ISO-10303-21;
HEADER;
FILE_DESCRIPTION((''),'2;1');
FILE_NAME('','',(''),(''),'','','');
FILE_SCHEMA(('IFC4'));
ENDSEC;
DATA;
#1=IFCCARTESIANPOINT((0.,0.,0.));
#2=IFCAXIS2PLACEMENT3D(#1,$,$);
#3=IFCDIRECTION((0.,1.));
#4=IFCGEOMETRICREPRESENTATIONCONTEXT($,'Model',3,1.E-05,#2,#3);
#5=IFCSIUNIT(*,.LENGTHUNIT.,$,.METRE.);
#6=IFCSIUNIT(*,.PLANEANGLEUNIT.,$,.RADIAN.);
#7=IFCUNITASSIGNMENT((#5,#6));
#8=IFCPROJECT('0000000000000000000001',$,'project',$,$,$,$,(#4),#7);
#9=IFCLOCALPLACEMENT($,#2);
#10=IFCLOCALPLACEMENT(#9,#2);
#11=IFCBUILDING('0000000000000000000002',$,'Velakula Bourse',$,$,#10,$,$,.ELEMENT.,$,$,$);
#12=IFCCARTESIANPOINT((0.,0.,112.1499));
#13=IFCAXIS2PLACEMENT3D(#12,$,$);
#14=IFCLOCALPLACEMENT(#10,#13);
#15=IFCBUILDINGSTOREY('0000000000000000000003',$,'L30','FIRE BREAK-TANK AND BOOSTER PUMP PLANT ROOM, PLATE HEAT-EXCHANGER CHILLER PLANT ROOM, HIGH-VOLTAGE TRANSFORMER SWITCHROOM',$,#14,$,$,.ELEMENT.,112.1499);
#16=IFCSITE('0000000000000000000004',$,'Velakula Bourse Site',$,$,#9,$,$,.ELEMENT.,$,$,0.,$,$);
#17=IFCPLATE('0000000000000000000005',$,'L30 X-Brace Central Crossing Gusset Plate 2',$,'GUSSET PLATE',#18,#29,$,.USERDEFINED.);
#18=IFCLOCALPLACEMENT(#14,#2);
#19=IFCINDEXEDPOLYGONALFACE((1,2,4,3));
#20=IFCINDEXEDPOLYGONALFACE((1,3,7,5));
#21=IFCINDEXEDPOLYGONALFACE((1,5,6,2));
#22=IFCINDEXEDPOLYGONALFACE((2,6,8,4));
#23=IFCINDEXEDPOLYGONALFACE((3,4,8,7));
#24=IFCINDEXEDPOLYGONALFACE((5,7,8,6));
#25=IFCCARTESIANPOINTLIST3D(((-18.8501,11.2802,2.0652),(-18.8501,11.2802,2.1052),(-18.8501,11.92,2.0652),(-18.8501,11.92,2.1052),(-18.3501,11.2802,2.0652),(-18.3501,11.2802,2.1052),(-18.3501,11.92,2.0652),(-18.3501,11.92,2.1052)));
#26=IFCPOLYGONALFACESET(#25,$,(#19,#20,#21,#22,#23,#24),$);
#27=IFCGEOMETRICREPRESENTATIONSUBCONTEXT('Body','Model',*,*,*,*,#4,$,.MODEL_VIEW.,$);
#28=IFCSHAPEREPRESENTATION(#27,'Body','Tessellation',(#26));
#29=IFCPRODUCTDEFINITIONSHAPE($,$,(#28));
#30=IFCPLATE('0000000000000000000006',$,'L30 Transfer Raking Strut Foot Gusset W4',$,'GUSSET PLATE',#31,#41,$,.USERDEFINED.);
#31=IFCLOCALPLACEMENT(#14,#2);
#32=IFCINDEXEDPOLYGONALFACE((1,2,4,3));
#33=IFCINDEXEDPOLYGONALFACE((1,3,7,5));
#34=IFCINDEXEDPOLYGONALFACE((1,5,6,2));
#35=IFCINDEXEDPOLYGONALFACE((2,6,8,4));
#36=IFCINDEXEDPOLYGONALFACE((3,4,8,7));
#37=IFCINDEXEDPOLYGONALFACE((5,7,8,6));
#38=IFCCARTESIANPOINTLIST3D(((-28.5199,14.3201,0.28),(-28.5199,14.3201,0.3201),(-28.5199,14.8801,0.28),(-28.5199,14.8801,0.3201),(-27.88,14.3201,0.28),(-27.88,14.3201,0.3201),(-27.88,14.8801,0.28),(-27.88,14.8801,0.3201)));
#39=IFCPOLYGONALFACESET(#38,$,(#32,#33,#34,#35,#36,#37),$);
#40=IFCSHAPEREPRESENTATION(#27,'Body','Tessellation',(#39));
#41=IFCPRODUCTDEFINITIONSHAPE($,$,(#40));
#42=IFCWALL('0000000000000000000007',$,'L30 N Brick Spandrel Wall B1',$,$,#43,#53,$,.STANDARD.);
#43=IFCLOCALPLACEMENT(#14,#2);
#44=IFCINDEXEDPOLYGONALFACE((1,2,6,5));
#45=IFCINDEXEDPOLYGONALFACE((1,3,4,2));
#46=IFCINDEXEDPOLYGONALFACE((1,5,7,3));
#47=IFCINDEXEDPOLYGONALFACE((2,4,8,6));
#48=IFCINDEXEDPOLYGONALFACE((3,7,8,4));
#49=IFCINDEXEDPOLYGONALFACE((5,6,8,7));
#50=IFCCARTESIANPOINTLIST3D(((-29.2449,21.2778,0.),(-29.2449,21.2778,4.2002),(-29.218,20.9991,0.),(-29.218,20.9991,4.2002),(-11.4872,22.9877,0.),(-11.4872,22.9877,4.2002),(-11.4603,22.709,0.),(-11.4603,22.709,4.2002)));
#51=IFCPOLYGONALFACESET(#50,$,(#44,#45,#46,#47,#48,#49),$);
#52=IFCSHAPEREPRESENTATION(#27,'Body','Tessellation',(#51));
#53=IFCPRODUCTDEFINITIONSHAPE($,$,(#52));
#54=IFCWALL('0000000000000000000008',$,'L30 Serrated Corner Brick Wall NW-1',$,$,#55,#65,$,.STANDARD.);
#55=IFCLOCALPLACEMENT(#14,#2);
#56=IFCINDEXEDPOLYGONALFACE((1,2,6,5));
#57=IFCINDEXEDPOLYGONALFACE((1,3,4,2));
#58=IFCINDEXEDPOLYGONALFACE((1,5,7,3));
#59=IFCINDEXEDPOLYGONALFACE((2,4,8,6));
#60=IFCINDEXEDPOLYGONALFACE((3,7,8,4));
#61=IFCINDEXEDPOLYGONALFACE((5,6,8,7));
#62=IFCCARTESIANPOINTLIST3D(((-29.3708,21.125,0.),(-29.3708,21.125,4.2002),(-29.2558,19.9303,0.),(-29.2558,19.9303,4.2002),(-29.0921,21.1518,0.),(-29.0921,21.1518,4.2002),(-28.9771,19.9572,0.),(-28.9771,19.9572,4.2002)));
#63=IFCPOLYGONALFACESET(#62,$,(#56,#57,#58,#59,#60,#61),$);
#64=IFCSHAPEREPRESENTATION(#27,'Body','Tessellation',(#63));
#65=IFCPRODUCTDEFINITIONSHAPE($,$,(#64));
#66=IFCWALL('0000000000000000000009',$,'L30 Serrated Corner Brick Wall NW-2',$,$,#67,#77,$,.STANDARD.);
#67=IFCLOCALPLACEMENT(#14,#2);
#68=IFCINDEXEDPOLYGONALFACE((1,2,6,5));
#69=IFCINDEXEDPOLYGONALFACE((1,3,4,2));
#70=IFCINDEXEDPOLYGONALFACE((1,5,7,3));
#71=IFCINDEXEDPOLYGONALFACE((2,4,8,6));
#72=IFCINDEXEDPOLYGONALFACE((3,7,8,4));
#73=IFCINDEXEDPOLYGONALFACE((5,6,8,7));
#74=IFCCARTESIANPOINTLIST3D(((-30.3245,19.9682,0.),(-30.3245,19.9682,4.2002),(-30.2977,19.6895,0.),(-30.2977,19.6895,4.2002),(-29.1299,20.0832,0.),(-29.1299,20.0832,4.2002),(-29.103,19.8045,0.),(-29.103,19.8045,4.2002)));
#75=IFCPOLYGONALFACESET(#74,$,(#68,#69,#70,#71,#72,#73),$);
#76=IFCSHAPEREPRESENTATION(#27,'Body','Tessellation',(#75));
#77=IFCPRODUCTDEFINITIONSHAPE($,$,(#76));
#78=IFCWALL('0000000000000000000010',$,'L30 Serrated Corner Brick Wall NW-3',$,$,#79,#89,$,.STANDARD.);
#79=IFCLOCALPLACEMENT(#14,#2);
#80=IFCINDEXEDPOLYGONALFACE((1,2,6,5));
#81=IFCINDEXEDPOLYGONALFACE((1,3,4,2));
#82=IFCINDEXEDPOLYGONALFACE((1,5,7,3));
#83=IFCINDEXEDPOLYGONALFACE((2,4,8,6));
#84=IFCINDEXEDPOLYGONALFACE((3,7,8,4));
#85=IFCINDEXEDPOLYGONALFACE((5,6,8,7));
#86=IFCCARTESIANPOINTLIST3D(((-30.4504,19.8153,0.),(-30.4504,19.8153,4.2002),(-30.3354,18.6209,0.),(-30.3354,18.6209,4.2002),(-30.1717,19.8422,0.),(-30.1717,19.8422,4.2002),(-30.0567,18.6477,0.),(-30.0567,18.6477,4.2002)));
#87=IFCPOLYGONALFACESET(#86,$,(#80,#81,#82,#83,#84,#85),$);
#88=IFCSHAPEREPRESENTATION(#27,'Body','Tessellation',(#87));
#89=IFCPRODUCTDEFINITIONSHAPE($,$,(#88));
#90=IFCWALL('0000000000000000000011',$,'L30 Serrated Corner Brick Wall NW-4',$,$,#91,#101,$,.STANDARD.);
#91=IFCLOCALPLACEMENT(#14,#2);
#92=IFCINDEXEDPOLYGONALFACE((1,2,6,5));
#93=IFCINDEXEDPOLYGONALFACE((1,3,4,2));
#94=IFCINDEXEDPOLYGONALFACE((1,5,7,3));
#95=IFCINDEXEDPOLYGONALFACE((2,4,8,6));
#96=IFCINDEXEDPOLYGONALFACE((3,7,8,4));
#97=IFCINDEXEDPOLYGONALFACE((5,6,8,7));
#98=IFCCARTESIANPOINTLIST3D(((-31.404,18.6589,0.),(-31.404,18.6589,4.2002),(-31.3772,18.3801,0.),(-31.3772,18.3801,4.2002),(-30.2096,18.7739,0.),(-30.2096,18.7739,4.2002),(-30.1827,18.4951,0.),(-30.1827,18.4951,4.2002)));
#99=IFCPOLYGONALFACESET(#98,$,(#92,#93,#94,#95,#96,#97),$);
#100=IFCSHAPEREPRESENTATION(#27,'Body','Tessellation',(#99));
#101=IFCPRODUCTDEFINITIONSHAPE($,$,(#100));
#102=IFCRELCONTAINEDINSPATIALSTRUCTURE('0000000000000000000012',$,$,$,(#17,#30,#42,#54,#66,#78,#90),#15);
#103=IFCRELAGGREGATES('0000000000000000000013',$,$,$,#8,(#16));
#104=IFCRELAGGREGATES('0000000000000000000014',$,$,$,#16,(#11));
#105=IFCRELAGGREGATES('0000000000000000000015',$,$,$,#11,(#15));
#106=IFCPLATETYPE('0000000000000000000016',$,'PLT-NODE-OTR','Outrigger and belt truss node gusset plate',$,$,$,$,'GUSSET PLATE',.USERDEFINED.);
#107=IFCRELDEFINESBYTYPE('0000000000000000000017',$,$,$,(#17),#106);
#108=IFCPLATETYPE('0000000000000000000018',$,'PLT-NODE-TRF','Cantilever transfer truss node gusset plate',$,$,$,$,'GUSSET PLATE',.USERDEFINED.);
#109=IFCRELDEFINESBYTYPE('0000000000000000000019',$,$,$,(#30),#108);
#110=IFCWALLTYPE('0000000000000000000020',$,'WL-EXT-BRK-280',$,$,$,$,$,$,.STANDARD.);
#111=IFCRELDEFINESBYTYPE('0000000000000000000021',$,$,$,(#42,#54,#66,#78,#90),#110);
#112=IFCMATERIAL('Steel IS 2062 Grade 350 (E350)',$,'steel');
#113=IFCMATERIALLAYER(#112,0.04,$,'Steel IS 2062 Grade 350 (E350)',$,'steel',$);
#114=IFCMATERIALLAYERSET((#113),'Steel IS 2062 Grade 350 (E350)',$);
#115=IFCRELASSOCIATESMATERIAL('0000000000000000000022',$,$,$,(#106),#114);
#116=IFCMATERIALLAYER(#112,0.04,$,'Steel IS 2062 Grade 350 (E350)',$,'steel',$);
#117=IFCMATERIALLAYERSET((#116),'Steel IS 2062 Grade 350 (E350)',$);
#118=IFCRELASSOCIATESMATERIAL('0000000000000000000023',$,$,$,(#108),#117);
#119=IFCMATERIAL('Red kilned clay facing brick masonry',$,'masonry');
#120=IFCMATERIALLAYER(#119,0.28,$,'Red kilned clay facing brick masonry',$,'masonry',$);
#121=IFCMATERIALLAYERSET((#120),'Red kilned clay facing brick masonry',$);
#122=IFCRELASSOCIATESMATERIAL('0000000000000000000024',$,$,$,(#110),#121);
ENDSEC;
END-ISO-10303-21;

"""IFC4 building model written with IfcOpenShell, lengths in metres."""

from ifc_helpers import new_model, si_unit, direction, frame, frame_2d, origin, origin_2d, place, context, subcontext, project, spatial, rectangle, extrude, material, layer, layer_set, type_object, element, save


model = new_model("IFC4")

# Units and contexts
model_context = context("Model", 3, precision=1e-05, world=origin(), true_north=direction((0.0, 1.0)))
body_context = subcontext(model_context, "Body", "Model", "MODEL_VIEW")
ifc_project = project(units=[si_unit("LENGTHUNIT", "METRE"), si_unit("PLANEANGLEUNIT", "RADIAN")], contexts=[model_context])

# Site, building, storey
site_placement = place(None, origin())
site = spatial("IfcSite", under=ifc_project, at=site_placement, Name="Velakula Bourse Site", CompositionType="ELEMENT", RefElevation=0.0)
building_placement = place(site_placement, origin())
building = spatial("IfcBuilding", under=site, at=building_placement, Name="Velakula Bourse", CompositionType="ELEMENT")
storey_placement = place(building_placement, frame((0.0, 0.0, 112.1499)))
storey = spatial("IfcBuildingStorey", under=building, at=storey_placement, Name="L30", Description="FIRE BREAK-TANK AND BOOSTER PUMP PLANT ROOM, PLATE HEAT-EXCHANGER CHILLER PLANT ROOM, HIGH-VOLTAGE TRANSFORMER SWITCHROOM", CompositionType="ELEMENT", Elevation=112.1499)

# Shared definitions
ifc_material_1 = material(Name="Steel IS 2062 Grade 350 (E350)", Category="steel")

# Plates
ifc_layer_1 = layer(ifc_material_1, 0.04, Name="Steel IS 2062 Grade 350 (E350)", Category="steel")
ifc_layer_set_1 = layer_set([ifc_layer_1], Name="Steel IS 2062 Grade 350 (E350)")
plate_type_1 = type_object("IfcPlateType", Name="PLT-NODE-OTR", Description="Outrigger and belt truss node gusset plate", ElementType="GUSSET PLATE", PredefinedType="USERDEFINED", material=ifc_layer_set_1)
plate_1_placement = place(storey_placement, frame((-18.6001, 11.6001, 2.0652), z_axis=(0.0, 0.0, 1.0), x_axis=(0.0, 1.0, 0.0)))
element("IfcPlate", 1, at=plate_1_placement, inside=storey, type_object=plate_type_1, Name="L30 X-Brace Central Crossing Gusset Plate 2", ObjectType="GUSSET PLATE", PredefinedType="USERDEFINED", context=body_context, shape_type="SweptSolid", body=[
    extrude(rectangle(XDim=0.6399, YDim=0.5, at=origin_2d()), origin(), (0.0, 0.0, 1.0), 0.04),
])
ifc_layer_2 = layer(ifc_material_1, 0.04, Name="Steel IS 2062 Grade 350 (E350)", Category="steel")
ifc_layer_set_2 = layer_set([ifc_layer_2], Name="Steel IS 2062 Grade 350 (E350)")
plate_type_2 = type_object("IfcPlateType", Name="PLT-NODE-TRF", Description="Cantilever transfer truss node gusset plate", ElementType="GUSSET PLATE", PredefinedType="USERDEFINED", material=ifc_layer_set_2)
plate_2_placement = place(storey_placement, frame((-28.2, 14.6001, 0.28), z_axis=(0.0, 0.0, 1.0), x_axis=(-1.0, 0.0, 0.0)))
element("IfcPlate", 2, at=plate_2_placement, inside=storey, type_object=plate_type_2, Name="L30 Transfer Raking Strut Foot Gusset W4", ObjectType="GUSSET PLATE", PredefinedType="USERDEFINED", context=body_context, shape_type="SweptSolid", body=[
    extrude(rectangle(XDim=0.6399, YDim=0.5601, at=origin_2d()), origin(), (0.0, 0.0, 1.0), 0.04),
])

# Walls
ifc_material_2 = material(Name="Red kilned clay facing brick masonry", Category="masonry")
ifc_layer_3 = layer(ifc_material_2, 0.28, Name="Red kilned clay facing brick masonry", Category="masonry")
ifc_layer_set_3 = layer_set([ifc_layer_3], Name="Red kilned clay facing brick masonry")
wall_type = type_object("IfcWallType", Name="WL-EXT-BRK-280", PredefinedType="STANDARD", material=ifc_layer_set_3)
wall_placement = place(storey_placement, frame((-29.2314, 21.1384, 0.0), z_axis=(0.0, 0.0, 1.0), x_axis=(0.995396, 0.09585, 0.0)))
element("IfcWall", 3, at=wall_placement, inside=storey, type_object=wall_type, Name="L30 N Brick Spandrel Wall B1", PredefinedType="STANDARD", context=body_context, shape_type="SweptSolid", body=[
    extrude(rectangle(XDim=17.8398, YDim=0.28, at=frame_2d((8.9199, 0.0))), origin(), (0.0, 0.0, 1.0), 4.2002),
])
for number, where, z_axis, x_axis, name in (
    (4, (-29.2314, 21.1384, 0.0), (0.0, 0.0, 1.0), (0.095817, -0.995399, 0.0), "L30 Serrated Corner Brick Wall NW-1"),
    (5, (-29.1165, 19.9438, 0.0), (0.0, 0.0, 1.0), (-0.995399, -0.095817, 0.0), "L30 Serrated Corner Brick Wall NW-2"),
):
    element("IfcWall", number, at=place(storey_placement, frame(where, z_axis=z_axis, x_axis=x_axis)), inside=storey, type_object=wall_type, Name=name, PredefinedType="STANDARD", context=body_context, shape_type="SweptSolid", body=[
        extrude(rectangle(XDim=1.2002, YDim=0.28, at=frame_2d((0.6001, 0.0))), origin(), (0.0, 0.0, 1.0), 4.2002),
    ])
for number, where, z_axis, x_axis, name in (
    (6, (-30.311, 19.8289, 0.0), (0.0, 0.0, 1.0), (0.095836, -0.995397, 0.0), "L30 Serrated Corner Brick Wall NW-3"),
    (7, (-30.196, 18.6345, 0.0), (0.0, 0.0, 1.0), (-0.995397, -0.095836, 0.0), "L30 Serrated Corner Brick Wall NW-4"),
):
    element("IfcWall", number, at=place(storey_placement, frame(where, z_axis=z_axis, x_axis=x_axis)), inside=storey, type_object=wall_type, Name=name, PredefinedType="STANDARD", context=body_context, shape_type="SweptSolid", body=[
        extrude(rectangle(XDim=1.2, YDim=0.28, at=frame_2d((0.6001, 0.0))), origin(), (0.0, 0.0, 1.0), 4.2002),
    ])

save(model, "model.ifc")
